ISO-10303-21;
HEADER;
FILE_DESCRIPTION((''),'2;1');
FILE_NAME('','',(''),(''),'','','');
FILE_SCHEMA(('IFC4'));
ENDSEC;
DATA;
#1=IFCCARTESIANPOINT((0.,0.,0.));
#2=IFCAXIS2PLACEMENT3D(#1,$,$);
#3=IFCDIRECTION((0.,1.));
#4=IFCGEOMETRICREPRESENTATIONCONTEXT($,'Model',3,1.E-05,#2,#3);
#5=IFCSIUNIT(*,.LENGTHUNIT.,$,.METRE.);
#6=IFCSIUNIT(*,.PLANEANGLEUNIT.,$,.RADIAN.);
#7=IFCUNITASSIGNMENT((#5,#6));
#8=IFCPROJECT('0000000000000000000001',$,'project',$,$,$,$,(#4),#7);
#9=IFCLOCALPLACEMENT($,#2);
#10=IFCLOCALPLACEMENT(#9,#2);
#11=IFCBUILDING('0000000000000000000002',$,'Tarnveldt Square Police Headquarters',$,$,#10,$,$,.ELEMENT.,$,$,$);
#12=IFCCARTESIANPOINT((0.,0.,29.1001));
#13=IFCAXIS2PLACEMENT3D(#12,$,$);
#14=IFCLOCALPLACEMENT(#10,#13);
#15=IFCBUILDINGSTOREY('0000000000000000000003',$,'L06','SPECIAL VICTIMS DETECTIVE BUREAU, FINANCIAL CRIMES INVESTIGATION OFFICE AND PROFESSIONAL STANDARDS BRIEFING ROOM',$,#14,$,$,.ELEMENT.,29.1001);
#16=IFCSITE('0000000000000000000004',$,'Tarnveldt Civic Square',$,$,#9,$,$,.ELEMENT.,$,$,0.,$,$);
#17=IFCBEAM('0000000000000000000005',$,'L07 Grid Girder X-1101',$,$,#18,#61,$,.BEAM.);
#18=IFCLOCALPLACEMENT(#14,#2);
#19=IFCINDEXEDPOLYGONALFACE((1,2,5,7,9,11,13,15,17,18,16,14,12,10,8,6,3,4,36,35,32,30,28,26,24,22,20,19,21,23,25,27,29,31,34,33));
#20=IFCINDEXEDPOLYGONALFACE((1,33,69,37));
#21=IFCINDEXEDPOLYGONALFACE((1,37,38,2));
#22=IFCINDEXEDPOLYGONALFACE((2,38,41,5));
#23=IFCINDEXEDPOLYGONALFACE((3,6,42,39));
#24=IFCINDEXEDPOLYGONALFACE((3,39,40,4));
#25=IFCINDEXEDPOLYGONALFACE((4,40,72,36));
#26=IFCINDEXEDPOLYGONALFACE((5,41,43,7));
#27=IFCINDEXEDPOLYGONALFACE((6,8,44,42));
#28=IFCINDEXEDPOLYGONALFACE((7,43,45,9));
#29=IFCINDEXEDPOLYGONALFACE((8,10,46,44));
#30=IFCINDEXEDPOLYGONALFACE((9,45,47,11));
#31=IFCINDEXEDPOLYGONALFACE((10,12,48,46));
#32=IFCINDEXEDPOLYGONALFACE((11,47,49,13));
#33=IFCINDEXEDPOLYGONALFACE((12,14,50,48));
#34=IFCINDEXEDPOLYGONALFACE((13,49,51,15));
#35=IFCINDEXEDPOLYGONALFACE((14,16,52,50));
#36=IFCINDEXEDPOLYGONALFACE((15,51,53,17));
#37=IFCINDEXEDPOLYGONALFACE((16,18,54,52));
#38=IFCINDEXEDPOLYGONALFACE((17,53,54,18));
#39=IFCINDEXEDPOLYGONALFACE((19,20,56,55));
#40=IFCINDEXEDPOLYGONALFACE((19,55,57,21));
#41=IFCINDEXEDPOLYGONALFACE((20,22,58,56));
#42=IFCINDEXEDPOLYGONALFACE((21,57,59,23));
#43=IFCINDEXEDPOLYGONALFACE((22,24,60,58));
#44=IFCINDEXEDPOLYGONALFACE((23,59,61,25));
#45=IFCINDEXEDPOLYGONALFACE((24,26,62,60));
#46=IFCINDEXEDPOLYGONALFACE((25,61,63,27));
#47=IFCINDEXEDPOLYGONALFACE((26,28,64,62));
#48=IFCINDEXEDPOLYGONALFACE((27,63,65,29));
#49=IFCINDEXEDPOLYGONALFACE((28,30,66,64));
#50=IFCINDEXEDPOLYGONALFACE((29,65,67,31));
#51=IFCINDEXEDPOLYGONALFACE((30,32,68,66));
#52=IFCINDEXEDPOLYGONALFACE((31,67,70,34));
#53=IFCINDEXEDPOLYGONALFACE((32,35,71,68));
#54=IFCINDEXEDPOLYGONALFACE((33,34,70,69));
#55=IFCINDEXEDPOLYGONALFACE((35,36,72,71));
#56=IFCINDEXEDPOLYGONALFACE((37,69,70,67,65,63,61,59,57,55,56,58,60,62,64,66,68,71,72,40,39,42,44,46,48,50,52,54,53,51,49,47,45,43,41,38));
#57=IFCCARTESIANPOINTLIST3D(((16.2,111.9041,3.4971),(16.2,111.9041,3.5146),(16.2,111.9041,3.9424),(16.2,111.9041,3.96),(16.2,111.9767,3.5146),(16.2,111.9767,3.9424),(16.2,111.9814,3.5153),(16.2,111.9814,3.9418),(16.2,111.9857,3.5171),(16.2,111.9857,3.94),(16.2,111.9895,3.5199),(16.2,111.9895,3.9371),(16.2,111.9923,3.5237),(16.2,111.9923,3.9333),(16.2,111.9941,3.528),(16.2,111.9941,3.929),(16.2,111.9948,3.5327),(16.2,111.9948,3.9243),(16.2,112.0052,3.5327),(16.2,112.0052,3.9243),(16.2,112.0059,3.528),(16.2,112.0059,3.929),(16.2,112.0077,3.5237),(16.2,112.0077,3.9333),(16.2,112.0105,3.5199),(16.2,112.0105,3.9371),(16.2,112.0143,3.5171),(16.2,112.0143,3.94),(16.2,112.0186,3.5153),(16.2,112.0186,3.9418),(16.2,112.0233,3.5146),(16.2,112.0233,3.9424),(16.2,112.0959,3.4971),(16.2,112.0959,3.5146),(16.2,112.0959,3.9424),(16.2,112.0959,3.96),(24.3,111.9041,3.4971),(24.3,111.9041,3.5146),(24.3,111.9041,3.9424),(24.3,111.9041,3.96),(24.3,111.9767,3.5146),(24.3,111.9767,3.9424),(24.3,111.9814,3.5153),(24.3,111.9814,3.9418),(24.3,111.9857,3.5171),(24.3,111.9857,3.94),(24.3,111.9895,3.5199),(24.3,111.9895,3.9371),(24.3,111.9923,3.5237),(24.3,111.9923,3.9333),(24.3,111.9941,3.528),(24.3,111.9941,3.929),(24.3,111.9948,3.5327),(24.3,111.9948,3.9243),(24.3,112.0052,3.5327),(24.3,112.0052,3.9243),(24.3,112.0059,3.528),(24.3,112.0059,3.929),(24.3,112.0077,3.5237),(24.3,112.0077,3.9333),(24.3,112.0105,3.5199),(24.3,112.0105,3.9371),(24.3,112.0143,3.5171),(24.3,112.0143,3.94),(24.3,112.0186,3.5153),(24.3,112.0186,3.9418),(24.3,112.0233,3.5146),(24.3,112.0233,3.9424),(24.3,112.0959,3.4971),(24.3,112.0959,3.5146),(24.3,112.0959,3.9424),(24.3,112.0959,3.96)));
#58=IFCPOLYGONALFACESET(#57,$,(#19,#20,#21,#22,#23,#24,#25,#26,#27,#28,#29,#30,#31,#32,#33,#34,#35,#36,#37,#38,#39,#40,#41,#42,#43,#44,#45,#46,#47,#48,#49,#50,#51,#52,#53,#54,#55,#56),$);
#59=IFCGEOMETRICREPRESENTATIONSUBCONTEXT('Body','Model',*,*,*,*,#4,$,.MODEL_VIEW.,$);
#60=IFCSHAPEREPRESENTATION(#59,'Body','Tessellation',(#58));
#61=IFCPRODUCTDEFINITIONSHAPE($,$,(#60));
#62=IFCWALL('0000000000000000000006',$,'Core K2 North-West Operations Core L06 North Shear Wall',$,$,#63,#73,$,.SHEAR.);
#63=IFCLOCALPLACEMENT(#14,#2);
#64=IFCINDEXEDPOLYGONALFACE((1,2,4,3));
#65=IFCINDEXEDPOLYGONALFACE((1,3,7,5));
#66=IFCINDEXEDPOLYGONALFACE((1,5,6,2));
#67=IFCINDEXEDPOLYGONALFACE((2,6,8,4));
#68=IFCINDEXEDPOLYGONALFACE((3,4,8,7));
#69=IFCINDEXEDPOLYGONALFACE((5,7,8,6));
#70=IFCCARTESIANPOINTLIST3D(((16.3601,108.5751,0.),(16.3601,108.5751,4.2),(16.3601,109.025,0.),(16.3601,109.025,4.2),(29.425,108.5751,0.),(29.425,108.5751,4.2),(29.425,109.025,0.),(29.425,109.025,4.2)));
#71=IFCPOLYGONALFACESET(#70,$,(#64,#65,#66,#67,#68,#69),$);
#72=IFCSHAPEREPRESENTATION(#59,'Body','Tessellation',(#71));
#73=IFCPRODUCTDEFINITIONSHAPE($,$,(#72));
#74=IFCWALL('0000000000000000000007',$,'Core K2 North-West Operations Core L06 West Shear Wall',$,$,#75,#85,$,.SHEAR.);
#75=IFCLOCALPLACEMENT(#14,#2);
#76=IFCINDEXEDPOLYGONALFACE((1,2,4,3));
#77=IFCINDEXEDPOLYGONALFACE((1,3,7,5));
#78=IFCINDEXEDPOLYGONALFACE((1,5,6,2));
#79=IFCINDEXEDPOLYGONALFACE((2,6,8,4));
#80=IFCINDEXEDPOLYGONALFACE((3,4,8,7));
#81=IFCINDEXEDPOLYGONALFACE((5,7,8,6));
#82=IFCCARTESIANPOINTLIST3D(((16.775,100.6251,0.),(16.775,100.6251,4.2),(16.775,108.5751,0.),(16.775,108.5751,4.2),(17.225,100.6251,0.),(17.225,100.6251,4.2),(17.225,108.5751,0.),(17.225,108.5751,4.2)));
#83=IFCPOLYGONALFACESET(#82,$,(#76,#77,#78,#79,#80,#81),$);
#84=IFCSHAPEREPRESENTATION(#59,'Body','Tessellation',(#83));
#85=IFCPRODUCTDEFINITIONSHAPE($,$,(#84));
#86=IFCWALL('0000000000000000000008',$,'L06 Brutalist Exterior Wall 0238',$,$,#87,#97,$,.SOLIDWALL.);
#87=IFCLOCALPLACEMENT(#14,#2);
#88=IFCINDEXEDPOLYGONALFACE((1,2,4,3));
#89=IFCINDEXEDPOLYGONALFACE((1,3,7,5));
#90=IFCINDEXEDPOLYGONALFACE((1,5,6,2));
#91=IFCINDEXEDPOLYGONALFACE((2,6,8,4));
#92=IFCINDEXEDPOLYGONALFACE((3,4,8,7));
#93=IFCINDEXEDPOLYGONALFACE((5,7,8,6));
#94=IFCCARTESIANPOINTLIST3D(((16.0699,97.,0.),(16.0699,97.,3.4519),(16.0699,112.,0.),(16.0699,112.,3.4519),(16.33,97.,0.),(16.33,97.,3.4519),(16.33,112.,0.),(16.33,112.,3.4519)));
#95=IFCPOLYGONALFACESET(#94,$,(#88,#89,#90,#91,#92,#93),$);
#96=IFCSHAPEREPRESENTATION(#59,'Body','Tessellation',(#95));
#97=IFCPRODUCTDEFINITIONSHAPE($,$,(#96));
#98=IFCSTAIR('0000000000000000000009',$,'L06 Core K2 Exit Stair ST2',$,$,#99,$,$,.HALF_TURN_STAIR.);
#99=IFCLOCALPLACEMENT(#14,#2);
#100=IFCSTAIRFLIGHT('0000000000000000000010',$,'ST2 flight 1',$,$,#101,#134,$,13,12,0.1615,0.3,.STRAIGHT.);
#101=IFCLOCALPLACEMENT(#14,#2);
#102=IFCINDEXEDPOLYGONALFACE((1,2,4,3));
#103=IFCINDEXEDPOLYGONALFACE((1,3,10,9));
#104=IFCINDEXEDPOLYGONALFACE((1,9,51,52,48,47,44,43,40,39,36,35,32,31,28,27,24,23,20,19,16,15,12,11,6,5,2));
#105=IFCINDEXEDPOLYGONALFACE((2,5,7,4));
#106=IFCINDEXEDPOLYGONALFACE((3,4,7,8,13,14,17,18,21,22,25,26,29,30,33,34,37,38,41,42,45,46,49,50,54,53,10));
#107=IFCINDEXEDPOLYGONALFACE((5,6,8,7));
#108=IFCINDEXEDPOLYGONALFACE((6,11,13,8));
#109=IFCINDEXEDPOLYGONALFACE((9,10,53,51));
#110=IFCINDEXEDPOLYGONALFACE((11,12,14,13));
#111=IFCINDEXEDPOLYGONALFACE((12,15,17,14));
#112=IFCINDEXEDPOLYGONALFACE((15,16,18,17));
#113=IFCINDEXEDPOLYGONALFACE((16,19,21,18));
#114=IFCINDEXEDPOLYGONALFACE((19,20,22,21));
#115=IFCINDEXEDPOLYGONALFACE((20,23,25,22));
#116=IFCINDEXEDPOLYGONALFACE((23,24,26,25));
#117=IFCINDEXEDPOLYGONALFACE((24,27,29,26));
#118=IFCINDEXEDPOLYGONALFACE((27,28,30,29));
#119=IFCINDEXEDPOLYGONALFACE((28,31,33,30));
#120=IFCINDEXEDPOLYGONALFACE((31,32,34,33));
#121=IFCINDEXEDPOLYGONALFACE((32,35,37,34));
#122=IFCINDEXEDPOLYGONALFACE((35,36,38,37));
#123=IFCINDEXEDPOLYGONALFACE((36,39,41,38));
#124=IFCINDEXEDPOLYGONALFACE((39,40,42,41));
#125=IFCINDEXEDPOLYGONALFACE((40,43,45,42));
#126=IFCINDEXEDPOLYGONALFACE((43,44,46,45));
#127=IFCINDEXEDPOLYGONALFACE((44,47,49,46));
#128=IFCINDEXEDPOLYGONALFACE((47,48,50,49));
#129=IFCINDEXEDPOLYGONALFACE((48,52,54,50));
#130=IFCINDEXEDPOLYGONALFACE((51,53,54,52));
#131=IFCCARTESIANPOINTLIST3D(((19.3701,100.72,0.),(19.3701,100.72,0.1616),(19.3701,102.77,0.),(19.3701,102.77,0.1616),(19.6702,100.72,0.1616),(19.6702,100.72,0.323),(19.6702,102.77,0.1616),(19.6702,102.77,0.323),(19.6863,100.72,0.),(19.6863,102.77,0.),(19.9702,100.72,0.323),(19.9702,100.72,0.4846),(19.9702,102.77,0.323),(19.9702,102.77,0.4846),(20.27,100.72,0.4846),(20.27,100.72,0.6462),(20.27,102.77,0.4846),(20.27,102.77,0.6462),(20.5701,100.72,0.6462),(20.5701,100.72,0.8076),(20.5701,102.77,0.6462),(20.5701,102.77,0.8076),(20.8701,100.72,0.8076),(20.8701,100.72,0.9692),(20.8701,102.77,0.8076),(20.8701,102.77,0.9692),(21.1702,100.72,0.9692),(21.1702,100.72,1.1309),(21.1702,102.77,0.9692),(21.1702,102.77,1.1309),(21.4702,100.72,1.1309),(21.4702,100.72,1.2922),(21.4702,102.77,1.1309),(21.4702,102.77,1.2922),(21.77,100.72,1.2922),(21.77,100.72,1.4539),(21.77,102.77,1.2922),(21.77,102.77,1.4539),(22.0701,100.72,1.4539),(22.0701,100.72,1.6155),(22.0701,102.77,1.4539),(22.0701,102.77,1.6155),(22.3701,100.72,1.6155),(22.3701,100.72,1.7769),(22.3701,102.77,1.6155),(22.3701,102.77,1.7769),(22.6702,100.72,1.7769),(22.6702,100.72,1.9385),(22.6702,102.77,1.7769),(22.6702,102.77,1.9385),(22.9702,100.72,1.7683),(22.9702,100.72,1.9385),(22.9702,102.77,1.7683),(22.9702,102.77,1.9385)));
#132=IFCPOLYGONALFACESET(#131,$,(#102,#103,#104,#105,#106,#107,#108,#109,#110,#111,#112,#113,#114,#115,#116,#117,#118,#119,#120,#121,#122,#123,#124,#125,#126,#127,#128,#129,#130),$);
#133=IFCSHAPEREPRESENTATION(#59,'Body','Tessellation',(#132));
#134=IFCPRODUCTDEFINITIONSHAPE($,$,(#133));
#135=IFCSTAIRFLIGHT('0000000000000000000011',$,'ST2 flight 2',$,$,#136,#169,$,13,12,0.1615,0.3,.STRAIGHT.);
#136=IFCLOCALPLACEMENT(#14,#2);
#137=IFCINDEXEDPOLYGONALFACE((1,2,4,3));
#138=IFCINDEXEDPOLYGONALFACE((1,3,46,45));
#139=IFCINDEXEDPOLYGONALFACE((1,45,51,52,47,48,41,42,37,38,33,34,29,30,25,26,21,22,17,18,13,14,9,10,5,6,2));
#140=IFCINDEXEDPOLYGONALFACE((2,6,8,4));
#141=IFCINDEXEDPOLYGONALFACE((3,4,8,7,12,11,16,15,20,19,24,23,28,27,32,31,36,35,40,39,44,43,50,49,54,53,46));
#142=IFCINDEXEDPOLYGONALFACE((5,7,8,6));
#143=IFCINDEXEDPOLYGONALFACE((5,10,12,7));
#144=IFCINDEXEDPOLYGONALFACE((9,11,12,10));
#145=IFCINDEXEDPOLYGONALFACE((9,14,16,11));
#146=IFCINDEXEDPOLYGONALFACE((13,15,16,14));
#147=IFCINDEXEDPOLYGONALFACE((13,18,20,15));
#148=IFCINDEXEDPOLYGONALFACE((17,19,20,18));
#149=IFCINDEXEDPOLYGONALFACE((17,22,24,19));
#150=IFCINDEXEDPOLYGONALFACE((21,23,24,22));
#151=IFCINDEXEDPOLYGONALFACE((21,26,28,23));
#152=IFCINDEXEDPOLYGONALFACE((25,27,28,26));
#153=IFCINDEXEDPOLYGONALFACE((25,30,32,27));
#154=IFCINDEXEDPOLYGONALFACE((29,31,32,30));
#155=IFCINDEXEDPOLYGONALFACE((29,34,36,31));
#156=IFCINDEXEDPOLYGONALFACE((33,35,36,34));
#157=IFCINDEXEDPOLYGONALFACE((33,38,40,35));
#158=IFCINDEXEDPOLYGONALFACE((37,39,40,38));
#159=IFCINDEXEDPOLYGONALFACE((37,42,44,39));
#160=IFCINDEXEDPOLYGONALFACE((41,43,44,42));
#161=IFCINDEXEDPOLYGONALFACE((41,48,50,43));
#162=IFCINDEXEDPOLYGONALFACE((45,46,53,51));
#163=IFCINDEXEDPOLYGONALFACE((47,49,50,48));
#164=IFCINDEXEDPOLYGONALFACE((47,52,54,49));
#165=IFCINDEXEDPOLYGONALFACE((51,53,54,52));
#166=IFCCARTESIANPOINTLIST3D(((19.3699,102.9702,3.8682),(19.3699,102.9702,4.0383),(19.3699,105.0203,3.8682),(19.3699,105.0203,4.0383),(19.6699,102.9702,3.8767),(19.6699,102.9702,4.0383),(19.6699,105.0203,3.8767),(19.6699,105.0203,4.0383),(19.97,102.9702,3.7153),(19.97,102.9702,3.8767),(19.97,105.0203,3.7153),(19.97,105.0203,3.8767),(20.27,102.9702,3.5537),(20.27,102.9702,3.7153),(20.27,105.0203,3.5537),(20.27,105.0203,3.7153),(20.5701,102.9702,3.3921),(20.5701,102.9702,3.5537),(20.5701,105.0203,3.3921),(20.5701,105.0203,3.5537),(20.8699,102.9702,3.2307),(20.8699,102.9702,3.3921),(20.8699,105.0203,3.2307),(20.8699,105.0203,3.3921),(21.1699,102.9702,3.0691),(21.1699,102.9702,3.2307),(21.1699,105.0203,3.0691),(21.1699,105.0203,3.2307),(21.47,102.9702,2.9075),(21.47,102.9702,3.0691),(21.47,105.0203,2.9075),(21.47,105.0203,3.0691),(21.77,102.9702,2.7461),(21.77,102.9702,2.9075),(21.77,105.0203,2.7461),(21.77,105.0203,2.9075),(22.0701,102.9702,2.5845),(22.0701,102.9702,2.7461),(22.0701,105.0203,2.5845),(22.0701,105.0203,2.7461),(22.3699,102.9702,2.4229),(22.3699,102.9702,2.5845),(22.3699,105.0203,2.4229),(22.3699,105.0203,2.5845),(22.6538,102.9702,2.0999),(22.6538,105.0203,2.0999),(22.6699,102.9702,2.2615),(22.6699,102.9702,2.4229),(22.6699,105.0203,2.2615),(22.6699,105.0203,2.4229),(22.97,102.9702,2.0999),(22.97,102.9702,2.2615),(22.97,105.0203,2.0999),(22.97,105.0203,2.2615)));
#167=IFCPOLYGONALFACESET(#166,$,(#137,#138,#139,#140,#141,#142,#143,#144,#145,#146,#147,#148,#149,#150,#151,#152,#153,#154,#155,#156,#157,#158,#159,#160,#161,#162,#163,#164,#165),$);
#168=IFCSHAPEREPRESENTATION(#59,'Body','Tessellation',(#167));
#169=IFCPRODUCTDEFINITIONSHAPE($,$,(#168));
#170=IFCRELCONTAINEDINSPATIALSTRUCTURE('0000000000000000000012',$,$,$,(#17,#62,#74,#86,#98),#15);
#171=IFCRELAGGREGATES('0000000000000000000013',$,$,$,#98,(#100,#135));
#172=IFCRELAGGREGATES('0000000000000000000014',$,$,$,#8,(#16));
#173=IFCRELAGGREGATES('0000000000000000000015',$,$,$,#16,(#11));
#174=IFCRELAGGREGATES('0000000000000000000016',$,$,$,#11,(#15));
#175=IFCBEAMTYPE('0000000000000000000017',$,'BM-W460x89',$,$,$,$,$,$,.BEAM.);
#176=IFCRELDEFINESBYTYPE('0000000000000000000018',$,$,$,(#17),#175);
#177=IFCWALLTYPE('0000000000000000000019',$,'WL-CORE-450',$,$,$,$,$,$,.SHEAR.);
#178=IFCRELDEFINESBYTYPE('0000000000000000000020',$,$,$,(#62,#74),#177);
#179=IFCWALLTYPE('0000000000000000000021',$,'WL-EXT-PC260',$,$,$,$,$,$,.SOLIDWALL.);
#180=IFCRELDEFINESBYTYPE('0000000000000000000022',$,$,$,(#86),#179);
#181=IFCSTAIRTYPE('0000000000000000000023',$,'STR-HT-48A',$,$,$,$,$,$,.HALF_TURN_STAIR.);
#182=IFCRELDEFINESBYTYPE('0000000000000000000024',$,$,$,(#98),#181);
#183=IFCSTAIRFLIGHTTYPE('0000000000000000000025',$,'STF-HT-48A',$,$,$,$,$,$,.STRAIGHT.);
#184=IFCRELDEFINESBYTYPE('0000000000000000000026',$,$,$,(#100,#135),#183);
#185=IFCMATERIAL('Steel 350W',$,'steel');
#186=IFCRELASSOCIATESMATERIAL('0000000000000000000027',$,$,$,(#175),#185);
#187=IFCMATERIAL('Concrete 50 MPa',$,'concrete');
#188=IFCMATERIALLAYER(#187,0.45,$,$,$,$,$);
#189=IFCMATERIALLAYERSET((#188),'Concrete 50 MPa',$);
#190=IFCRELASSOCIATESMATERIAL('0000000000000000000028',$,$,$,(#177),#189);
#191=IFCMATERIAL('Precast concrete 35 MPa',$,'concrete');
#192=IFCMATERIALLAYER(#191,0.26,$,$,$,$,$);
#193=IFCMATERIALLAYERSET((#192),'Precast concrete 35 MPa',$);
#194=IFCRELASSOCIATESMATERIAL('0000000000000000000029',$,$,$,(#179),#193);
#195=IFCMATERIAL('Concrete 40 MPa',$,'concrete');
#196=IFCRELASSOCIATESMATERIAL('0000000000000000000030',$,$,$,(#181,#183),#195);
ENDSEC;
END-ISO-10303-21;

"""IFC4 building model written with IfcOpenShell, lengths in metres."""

from ifc_helpers import new_model, si_unit, direction, frame, frame_2d, origin, origin_2d, place, context, subcontext, project, spatial, polyline, rectangle, i_section, outline, extrude, material, layer, layer_set, material_profile, profile_set, type_object, element, aggregate, save


model = new_model("IFC4")

# Units and contexts
model_context = context("Model", 3, precision=1e-05, world=origin(), true_north=direction((0.0, 1.0)))
body_context = subcontext(model_context, "Body", "Model", "MODEL_VIEW")
ifc_project = project(units=[si_unit("LENGTHUNIT", "METRE"), si_unit("PLANEANGLEUNIT", "RADIAN")], contexts=[model_context])

# Site, building, storey
site_placement = place(None, origin())
site = spatial("IfcSite", under=ifc_project, at=site_placement, Name="Tarnveldt Civic Square", CompositionType="ELEMENT", RefElevation=0.0)
building_placement = place(site_placement, origin())
building = spatial("IfcBuilding", under=site, at=building_placement, Name="Tarnveldt Square Police Headquarters", CompositionType="ELEMENT")
storey_placement = place(building_placement, frame((0.0, 0.0, 29.1001)))
storey = spatial("IfcBuildingStorey", under=building, at=storey_placement, Name="L06", Description="SPECIAL VICTIMS DETECTIVE BUREAU, FINANCIAL CRIMES INVESTIGATION OFFICE AND PROFESSIONAL STANDARDS BRIEFING ROOM", CompositionType="ELEMENT", Elevation=29.1001)

# Shared definitions
ifc_material_1 = material(Name="Steel 350W", Category="steel")

# Beam
ifc_material_2 = material(Name="Concrete 50 MPa", Category="concrete")
ifc_material_3 = material(Name="Concrete 40 MPa", Category="concrete")
ifc_material_profile_1 = material_profile(ifc_material_1, i_section(OverallWidth=0.1919, OverallDepth=0.4629, WebThickness=0.0105, FlangeThickness=0.0176, FilletRadius=0.0181, at=origin_2d()), Name="W460x89")
ifc_profile_set_1 = profile_set([ifc_material_profile_1], Name="Steel 350W")
beam_type_1 = type_object("IfcBeamType", Name="BM-W460x89", PredefinedType="BEAM", material=ifc_profile_set_1)
beam_1_placement = place(storey_placement, frame((16.2, 112.0, 3.7285), z_axis=(1.0, 0.0, 0.0), x_axis=(0.0, 1.0, 0.0)))
element("IfcBeam", 1, at=beam_1_placement, inside=storey, type_object=beam_type_1, Name="L07 Grid Girder X-1101", PredefinedType="BEAM", context=body_context, shape_type="SweptSolid", body=[
    extrude(i_section(OverallWidth=0.1919, OverallDepth=0.4629, WebThickness=0.0105, FlangeThickness=0.0176, FilletRadius=0.0181, at=origin_2d()), origin(), (0.0, 0.0, 1.0), 8.1001),
])

# Walls
ifc_layer_1 = layer(ifc_material_2, 0.45)
ifc_layer_set_1 = layer_set([ifc_layer_1], Name="Concrete 50 MPa")
wall_type_1 = type_object("IfcWallType", Name="WL-CORE-450", PredefinedType="SHEAR", material=ifc_layer_set_1)
wall_1_placement = place(storey_placement, frame((16.3601, 108.8, 0.0), z_axis=(0.0, 0.0, 1.0), x_axis=(1.0, 0.0, 0.0)))
element("IfcWall", 2, at=wall_1_placement, inside=storey, type_object=wall_type_1, Name="Core K2 North-West Operations Core L06 North Shear Wall", PredefinedType="SHEAR", context=body_context, shape_type="SweptSolid", body=[
    extrude(rectangle(XDim=13.0649, YDim=0.45, at=frame_2d((6.5325, 0.0))), origin(), (0.0, 0.0, 1.0), 4.2),
])
wall_2_placement = place(storey_placement, frame((17.0, 100.625, 0.0), z_axis=(0.0, 0.0, 1.0), x_axis=(0.0, 1.0, 0.0)))
element("IfcWall", 3, at=wall_2_placement, inside=storey, type_object=wall_type_1, Name="Core K2 North-West Operations Core L06 West Shear Wall", PredefinedType="SHEAR", context=body_context, shape_type="SweptSolid", body=[
    extrude(rectangle(XDim=7.95, YDim=0.45, at=frame_2d((3.9751, 0.0))), origin(), (0.0, 0.0, 1.0), 4.2),
])
ifc_material_4 = material(Name="Precast concrete 35 MPa", Category="concrete")
ifc_layer_2 = layer(ifc_material_4, 0.26)
ifc_layer_set_2 = layer_set([ifc_layer_2], Name="Precast concrete 35 MPa")
wall_type_2 = type_object("IfcWallType", Name="WL-EXT-PC260", PredefinedType="SOLIDWALL", material=ifc_layer_set_2)
wall_3_placement = place(storey_placement, frame((16.2, 112.0, 0.0), z_axis=(0.0, 0.0, 1.0), x_axis=(0.0, -1.0, 0.0)))
element("IfcWall", 4, at=wall_3_placement, inside=storey, type_object=wall_type_2, Name="L06 Brutalist Exterior Wall 0238", PredefinedType="SOLIDWALL", context=body_context, shape_type="SweptSolid", body=[
    extrude(rectangle(XDim=15.0, YDim=0.26, at=frame_2d((7.5, 0.0))), origin(), (0.0, 0.0, 1.0), 3.4519),
])

# Stair, stair flights
stair_type = type_object("IfcStairType", Name="STR-HT-48A", PredefinedType="HALF_TURN_STAIR", material=ifc_material_3)
stair_placement = place(storey_placement, origin())
stair = element("IfcStair", 5, at=stair_placement, inside=storey, type_object=stair_type, Name="L06 Core K2 Exit Stair ST2", PredefinedType="HALF_TURN_STAIR")
stair_flight_type = type_object("IfcStairFlightType", Name="STF-HT-48A", PredefinedType="STRAIGHT", material=ifc_material_3)
stair_flight_1_placement = place(storey_placement, frame((19.3701, 101.7451, 0.0), z_axis=(0.0, 0.0, 1.0), x_axis=(1.0, 0.0, 0.0)))
stair_flight_1 = element("IfcStairFlight", 6, at=stair_flight_1_placement, type_object=stair_flight_type, Name="ST2 flight 1", NumberOfRisers=13, NumberOfTreads=12, PredefinedType="STRAIGHT", RiserHeight=0.1615, TreadLength=0.3, context=body_context, shape_type="SweptSolid", body=[
    extrude(outline(polyline([(0.0, 0.0), (0.0, 0.1616), (0.3, 0.1616), (0.3, 0.323), (0.6001, 0.323), (0.6001, 0.4846), (0.8999, 0.4846), (0.8999, 0.6462), (1.2, 0.6462), (1.2, 0.8076), (1.5, 0.8076), (1.5, 0.9692), (1.8, 0.9692), (1.8, 1.1309), (2.1001, 1.1309), (2.1001, 1.2922), (2.3999, 1.2922), (2.3999, 1.4539), (2.7, 1.4539), (2.7, 1.6155), (3.0, 1.6155), (3.0, 1.7769), (3.3, 1.7769), (3.3, 1.9385), (3.6001, 1.9385), (3.6001, 2.1001), (3.6001, 1.7683), (0.3162, 0.0), (0.0, 0.0)])), frame((0.0, 1.0249, 0.0), z_axis=(0.0, -1.0, 0.0), x_axis=(1.0, 0.0, 0.0)), (0.0, 0.0, 1.0), 2.05),
])
stair_flight_2_placement = place(storey_placement, frame((22.97, 103.9951, 2.0999), z_axis=(0.0, 0.0, 1.0), x_axis=(-1.0, 0.0, 0.0)))
stair_flight_2 = element("IfcStairFlight", 7, at=stair_flight_2_placement, type_object=stair_flight_type, Name="ST2 flight 2", NumberOfRisers=13, NumberOfTreads=12, PredefinedType="STRAIGHT", RiserHeight=0.1615, TreadLength=0.3, context=body_context, shape_type="SweptSolid", body=[
    extrude(outline(polyline([(0.0, 0.0), (0.0, 0.1616), (0.3, 0.1616), (0.3, 0.323), (0.6001, 0.323), (0.6001, 0.4846), (0.8999, 0.4846), (0.8999, 0.6462), (1.2, 0.6462), (1.2, 0.8076), (1.5, 0.8076), (1.5, 0.9692), (1.8, 0.9692), (1.8, 1.1309), (2.1001, 1.1309), (2.1001, 1.2922), (2.3999, 1.2922), (2.3999, 1.4539), (2.7, 1.4539), (2.7, 1.6155), (3.0, 1.6155), (3.0, 1.7769), (3.3, 1.7769), (3.3, 1.9385), (3.6001, 1.9385), (3.6001, 2.1001), (3.6001, 1.7683), (0.3162, 0.0), (0.0, 0.0)])), frame((0.0, 1.0249, 0.0), z_axis=(0.0, -1.0, 0.0), x_axis=(1.0, 0.0, 0.0)), (0.0, 0.0, 1.0), 2.05),
])
aggregate(stair, [stair_flight_1, stair_flight_2])

save(model, "model.ifc")
